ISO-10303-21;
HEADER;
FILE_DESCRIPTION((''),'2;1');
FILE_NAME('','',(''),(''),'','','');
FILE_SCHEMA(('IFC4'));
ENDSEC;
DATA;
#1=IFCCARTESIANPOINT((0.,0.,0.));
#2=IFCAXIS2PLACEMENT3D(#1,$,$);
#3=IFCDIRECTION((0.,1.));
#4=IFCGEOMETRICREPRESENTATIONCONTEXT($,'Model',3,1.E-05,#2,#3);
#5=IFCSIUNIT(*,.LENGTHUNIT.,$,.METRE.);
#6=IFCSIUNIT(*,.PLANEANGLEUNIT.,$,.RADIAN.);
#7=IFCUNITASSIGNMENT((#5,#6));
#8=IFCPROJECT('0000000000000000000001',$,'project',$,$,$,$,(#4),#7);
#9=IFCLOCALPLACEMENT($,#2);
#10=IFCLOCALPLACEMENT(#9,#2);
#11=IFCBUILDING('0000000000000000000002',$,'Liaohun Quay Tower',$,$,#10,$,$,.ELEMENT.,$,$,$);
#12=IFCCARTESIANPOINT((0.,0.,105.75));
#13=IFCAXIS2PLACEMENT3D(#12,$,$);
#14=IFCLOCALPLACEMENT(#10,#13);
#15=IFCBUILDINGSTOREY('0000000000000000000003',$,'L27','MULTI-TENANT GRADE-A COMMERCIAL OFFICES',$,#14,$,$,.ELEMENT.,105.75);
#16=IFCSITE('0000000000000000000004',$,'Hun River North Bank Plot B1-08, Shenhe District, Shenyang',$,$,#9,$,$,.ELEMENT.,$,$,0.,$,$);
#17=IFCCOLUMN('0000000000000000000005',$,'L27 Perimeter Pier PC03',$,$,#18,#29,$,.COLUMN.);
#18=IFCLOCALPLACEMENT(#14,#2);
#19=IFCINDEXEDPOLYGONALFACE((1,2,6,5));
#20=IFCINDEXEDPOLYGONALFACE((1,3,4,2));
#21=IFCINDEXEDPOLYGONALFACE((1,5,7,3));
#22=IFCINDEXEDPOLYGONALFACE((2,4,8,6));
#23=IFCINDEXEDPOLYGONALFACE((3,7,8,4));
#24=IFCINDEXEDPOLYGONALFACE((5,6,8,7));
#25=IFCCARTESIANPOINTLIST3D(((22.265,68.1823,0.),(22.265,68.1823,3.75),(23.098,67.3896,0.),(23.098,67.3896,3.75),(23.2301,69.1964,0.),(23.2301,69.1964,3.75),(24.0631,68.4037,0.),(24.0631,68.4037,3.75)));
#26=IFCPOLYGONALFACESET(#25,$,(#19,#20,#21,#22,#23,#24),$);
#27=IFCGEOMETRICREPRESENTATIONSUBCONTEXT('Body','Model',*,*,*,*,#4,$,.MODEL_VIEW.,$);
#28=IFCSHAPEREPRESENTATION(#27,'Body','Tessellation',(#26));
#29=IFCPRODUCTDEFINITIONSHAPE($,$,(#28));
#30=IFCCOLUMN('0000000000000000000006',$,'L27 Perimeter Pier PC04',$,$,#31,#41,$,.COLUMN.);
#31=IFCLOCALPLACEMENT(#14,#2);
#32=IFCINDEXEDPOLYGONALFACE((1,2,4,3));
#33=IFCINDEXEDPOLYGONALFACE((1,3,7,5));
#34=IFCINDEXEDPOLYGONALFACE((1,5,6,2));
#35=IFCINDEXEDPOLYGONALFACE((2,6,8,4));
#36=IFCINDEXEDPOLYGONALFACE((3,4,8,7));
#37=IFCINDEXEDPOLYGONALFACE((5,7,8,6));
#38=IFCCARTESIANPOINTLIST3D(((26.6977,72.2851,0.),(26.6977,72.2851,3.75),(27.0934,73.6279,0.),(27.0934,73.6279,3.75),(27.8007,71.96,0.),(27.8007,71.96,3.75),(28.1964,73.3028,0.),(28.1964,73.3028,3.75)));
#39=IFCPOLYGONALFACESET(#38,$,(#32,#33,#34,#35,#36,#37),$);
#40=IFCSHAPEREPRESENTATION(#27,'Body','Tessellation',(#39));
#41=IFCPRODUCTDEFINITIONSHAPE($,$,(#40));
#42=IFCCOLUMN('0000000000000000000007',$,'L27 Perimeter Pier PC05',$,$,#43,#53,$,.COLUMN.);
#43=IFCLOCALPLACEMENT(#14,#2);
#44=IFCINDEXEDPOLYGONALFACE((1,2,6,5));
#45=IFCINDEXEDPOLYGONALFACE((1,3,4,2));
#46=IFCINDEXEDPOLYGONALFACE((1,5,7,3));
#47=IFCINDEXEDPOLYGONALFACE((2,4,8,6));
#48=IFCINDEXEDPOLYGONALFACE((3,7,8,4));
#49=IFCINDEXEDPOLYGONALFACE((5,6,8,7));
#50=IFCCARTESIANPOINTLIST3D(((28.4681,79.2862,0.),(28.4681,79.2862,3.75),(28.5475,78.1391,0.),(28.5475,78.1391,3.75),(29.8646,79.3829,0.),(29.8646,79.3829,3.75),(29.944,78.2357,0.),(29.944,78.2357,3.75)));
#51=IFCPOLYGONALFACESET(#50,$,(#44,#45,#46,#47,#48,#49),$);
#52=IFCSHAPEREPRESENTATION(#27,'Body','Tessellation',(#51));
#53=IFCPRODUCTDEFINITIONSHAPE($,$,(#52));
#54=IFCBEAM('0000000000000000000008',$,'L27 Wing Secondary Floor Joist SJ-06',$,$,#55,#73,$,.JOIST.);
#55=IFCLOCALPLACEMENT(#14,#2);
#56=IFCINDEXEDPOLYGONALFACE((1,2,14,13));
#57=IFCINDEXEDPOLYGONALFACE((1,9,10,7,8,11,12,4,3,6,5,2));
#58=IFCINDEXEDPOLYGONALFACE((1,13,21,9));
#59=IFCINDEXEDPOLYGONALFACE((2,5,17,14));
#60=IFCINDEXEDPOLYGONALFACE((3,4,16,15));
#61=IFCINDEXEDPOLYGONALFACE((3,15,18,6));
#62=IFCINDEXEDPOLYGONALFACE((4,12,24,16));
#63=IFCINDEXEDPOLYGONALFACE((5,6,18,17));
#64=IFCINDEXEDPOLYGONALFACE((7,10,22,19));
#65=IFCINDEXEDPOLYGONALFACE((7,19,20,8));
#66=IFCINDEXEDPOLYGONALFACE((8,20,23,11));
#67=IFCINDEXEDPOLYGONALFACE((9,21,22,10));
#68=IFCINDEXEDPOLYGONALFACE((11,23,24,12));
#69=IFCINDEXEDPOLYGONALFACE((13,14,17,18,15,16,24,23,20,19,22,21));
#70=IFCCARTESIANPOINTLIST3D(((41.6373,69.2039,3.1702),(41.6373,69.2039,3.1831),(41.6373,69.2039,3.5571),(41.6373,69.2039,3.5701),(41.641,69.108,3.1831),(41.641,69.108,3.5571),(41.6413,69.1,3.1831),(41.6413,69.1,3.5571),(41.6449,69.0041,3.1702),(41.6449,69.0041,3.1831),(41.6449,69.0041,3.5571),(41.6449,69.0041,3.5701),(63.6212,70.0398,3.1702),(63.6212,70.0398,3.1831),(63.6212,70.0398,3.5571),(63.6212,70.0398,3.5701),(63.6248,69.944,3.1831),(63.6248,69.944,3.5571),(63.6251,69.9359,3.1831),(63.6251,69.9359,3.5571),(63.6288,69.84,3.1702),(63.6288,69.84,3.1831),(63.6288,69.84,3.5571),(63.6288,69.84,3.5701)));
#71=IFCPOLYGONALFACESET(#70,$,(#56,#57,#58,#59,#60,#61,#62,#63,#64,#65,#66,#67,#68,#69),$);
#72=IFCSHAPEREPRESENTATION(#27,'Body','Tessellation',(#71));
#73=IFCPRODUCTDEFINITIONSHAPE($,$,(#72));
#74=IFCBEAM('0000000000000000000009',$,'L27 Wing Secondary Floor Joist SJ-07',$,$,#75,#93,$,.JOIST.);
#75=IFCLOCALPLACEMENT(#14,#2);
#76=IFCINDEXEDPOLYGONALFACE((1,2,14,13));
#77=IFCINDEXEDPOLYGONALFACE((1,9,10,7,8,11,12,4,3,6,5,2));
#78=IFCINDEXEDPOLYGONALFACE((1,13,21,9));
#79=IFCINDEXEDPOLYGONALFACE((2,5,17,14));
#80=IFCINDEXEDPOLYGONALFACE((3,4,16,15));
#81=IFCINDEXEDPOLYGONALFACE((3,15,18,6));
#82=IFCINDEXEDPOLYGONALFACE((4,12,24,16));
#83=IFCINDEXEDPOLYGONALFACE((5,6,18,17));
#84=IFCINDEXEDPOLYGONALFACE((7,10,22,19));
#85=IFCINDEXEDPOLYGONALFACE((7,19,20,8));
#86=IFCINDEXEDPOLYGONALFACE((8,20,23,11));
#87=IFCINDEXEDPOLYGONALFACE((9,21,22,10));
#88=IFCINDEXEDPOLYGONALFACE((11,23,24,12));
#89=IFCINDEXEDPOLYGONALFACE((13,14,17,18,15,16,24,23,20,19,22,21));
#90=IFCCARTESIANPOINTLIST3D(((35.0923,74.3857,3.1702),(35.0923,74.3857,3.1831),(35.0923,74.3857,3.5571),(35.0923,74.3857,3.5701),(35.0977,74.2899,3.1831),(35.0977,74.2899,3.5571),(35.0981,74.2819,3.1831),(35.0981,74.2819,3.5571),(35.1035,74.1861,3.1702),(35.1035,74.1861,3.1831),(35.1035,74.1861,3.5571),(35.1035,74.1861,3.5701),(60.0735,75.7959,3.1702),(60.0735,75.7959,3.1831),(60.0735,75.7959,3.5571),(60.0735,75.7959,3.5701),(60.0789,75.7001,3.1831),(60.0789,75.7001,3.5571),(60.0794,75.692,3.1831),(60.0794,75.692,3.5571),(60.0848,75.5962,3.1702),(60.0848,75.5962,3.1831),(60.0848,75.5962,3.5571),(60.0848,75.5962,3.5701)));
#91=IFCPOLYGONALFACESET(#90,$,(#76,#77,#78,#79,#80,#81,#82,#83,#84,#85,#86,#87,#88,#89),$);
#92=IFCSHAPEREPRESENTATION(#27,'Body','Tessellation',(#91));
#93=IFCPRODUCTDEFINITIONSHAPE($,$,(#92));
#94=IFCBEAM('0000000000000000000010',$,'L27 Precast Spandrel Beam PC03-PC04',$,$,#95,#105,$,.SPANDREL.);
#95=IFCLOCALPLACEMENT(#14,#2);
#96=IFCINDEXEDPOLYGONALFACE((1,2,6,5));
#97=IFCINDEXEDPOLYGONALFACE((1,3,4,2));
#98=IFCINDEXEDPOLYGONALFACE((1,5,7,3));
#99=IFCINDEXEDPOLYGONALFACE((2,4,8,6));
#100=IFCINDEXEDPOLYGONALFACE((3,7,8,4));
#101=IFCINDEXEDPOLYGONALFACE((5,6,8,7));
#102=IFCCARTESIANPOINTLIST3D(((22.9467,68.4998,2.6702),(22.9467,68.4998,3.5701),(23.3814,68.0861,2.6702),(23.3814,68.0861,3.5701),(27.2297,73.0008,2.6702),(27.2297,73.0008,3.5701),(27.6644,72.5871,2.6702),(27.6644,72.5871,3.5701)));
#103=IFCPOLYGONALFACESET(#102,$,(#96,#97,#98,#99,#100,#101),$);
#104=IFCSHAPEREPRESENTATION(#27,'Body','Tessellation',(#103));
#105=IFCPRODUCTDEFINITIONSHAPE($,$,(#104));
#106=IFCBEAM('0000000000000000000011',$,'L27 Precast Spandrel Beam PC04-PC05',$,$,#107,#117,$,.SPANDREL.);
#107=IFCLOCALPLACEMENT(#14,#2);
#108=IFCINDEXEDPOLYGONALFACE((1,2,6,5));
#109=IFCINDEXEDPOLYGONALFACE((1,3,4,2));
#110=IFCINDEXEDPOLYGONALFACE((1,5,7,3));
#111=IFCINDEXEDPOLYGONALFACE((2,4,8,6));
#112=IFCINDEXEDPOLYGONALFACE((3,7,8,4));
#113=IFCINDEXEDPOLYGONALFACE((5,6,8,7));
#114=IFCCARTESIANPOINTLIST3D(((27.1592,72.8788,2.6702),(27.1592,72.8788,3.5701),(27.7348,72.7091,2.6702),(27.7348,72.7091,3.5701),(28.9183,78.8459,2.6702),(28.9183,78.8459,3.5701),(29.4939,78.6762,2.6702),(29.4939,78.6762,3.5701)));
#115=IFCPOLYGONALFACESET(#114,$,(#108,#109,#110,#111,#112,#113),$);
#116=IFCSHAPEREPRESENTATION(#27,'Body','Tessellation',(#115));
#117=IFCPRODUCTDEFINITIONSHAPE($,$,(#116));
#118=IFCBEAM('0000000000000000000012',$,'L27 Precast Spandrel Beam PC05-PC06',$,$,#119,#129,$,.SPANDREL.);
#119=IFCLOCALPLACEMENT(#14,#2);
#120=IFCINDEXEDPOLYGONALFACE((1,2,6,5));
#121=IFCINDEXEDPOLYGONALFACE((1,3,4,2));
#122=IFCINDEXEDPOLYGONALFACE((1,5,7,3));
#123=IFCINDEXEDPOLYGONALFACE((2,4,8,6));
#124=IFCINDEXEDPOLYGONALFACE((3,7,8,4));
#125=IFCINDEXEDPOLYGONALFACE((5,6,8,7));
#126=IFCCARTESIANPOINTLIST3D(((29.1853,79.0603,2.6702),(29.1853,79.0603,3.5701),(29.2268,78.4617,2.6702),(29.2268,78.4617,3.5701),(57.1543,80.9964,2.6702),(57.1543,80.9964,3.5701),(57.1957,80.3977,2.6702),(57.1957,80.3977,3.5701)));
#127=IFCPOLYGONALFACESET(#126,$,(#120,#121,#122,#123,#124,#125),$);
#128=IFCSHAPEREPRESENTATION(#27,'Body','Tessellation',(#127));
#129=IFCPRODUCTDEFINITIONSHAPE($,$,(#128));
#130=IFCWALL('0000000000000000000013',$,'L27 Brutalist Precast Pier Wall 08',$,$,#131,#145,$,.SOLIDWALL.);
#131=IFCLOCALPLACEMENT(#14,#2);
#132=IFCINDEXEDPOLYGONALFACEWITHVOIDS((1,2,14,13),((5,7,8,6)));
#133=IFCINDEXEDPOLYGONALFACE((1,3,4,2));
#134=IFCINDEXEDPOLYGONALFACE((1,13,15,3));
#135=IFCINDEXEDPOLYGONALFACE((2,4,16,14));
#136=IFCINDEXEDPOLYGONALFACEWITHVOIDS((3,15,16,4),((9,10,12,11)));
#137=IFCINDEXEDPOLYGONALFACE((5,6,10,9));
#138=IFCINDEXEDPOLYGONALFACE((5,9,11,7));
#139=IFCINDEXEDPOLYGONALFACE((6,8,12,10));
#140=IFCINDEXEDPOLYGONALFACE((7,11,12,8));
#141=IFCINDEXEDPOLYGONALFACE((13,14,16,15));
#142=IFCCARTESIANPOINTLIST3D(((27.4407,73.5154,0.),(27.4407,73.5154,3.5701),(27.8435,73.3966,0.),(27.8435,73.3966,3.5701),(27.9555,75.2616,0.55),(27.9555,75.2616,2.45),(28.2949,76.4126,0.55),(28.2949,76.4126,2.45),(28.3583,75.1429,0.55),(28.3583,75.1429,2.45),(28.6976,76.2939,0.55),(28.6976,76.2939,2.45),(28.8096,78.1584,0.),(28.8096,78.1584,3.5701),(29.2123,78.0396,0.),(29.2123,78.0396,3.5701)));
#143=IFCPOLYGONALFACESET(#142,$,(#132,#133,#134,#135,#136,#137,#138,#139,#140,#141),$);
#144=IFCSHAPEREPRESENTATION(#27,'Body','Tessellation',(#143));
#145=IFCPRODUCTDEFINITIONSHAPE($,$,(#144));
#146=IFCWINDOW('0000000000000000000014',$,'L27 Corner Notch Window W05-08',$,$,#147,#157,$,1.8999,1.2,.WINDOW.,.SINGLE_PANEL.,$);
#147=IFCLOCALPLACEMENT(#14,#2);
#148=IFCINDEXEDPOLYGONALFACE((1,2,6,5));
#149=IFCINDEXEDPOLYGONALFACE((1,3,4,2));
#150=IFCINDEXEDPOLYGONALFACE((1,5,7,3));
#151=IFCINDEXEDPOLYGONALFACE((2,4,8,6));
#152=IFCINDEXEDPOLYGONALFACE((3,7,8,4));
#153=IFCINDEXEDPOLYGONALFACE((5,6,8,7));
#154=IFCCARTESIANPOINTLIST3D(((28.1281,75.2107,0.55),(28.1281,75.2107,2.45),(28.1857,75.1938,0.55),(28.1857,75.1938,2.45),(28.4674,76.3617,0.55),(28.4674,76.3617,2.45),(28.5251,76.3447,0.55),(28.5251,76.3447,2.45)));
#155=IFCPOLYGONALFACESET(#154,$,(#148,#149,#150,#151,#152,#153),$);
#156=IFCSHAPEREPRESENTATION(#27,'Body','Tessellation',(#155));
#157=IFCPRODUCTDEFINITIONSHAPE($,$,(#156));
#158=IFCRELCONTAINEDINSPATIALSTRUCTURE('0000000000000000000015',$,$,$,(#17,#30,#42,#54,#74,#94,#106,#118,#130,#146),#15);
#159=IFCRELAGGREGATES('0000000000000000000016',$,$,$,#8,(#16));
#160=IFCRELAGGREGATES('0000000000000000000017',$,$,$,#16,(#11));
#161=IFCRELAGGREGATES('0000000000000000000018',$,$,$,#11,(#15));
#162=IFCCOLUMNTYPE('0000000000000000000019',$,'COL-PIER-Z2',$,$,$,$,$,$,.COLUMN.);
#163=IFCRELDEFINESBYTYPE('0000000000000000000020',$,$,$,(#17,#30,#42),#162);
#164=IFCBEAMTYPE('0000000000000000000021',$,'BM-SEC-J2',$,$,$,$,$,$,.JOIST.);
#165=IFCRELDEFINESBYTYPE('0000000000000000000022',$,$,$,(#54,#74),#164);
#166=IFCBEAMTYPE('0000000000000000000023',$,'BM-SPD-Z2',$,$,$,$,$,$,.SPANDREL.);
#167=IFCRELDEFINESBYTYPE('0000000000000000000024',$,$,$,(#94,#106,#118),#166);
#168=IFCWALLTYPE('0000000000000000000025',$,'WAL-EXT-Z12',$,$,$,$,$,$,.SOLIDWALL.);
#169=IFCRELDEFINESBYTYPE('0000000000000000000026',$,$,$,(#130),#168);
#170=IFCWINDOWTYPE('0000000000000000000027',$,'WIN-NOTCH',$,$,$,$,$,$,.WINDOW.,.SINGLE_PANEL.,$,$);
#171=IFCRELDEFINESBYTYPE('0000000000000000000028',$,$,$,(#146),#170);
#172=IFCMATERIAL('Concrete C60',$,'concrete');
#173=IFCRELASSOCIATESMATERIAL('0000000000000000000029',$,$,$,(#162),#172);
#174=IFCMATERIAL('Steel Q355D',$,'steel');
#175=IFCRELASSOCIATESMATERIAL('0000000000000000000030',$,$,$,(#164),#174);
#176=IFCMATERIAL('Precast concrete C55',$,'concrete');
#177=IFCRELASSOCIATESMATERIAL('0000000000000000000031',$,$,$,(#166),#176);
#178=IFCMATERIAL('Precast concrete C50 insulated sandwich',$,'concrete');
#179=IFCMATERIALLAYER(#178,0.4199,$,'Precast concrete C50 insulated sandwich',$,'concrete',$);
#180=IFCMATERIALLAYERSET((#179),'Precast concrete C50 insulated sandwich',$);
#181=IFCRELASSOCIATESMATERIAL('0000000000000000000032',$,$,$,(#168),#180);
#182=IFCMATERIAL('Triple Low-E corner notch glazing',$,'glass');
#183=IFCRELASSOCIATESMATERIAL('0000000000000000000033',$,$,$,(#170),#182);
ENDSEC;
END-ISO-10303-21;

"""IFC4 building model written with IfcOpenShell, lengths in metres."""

from ifc_helpers import new_model, si_unit, direction, frame, frame_2d, origin, origin_2d, place, context, subcontext, project, spatial, rectangle, i_section, extrude, source, transform, mapped, material, layer, layer_set, material_profile, profile_set, type_object, element, fill, save


model = new_model("IFC4")

# Units and contexts
model_context = context("Model", 3, precision=1e-05, world=origin(), true_north=direction((0.0, 1.0)))
body_context = subcontext(model_context, "Body", "Model", "MODEL_VIEW")
ifc_project = project(units=[si_unit("LENGTHUNIT", "METRE"), si_unit("PLANEANGLEUNIT", "RADIAN")], contexts=[model_context])

# Site, building, storey
site_placement = place(None, origin())
site = spatial("IfcSite", under=ifc_project, at=site_placement, Name="Hun River North Bank Plot B1-08, Shenhe District, Shenyang", CompositionType="ELEMENT", RefElevation=0.0)
building_placement = place(site_placement, origin())
building = spatial("IfcBuilding", under=site, at=building_placement, Name="Liaohun Quay Tower", CompositionType="ELEMENT")
storey_placement = place(building_placement, frame((0.0, 0.0, 105.75)))
storey = spatial("IfcBuildingStorey", under=building, at=storey_placement, Name="L27", Description="MULTI-TENANT GRADE-A COMMERCIAL OFFICES", CompositionType="ELEMENT", Elevation=105.75)

# Columns
ifc_material_1 = material(Name="Concrete C60", Category="concrete")
ifc_material_profile_1 = material_profile(ifc_material_1, rectangle(XDim=1.3999, YDim=1.1499, at=origin_2d()), Name="RC1400x1150")
ifc_profile_set_1 = profile_set([ifc_material_profile_1], Name="Concrete C60")
column_type = type_object("IfcColumnType", Name="COL-PIER-Z2", PredefinedType="COLUMN", material=ifc_profile_set_1)
shared_shape_1 = source(origin(), body_context, "Body", "SweptSolid", [
    extrude(rectangle(XDim=1.3999, YDim=1.1499, at=origin_2d()), origin(), (0.0, 0.0, 1.0), 3.75),
])
for number, where, z_axis, x_axis, name in (
    (1, (23.1641, 68.293, 0.0), (0.0, 0.0, 1.0), (0.689367, 0.724413, 0.0), "L27 Perimeter Pier PC03"),
    (2, (27.447, 72.7939, 0.0), (0.0, 0.0, 1.0), (0.282676, 0.959215, 0.0), "L27 Perimeter Pier PC04"),
    (3, (29.2061, 78.761, 0.0), (0.0, 0.0, 1.0), (0.997613, 0.06906, 0.0), "L27 Perimeter Pier PC05"),
):
    element("IfcColumn", number, at=place(storey_placement, frame(where, z_axis=z_axis, x_axis=x_axis)), inside=storey, type_object=column_type, Name=name, PredefinedType="COLUMN", context=body_context, shape_type="MappedRepresentation", body=[
        mapped(shared_shape_1, transform((0.0, 0.0, 0.0), x_axis=(1.0, 0.0, 0.0), y_axis=(0.0, 1.0, 0.0), z_axis=(0.0, 0.0, 1.0), scale=1.0)),
    ])

# Beams
ifc_material_2 = material(Name="Steel Q355D", Category="steel")
ifc_material_profile_2 = material_profile(ifc_material_2, i_section(OverallWidth=0.2, OverallDepth=0.3999, WebThickness=0.0081, FlangeThickness=0.0129, at=origin_2d()), Name="HN400x200x8x13")
ifc_profile_set_2 = profile_set([ifc_material_profile_2], Name="Steel Q355D")
beam_type_1 = type_object("IfcBeamType", Name="BM-SEC-J2", PredefinedType="JOIST", material=ifc_profile_set_2)
shared_shape_2 = source(origin(), body_context, "Body", "SweptSolid", [
    extrude(i_section(OverallWidth=0.2, OverallDepth=0.3999, WebThickness=0.0081, FlangeThickness=0.0129, at=origin_2d()), origin(), (0.0, 0.0, 1.0), 21.9998),
])
beam_1_placement = place(storey_placement, frame((41.6411, 69.104, 3.3701), z_axis=(0.999278, 0.037998, 0.0), x_axis=(-0.037998, 0.999278, 0.0)))
element("IfcBeam", 4, at=beam_1_placement, inside=storey, type_object=beam_type_1, Name="L27 Wing Secondary Floor Joist SJ-06", PredefinedType="JOIST", context=body_context, shape_type="MappedRepresentation", body=[
    mapped(shared_shape_2, transform((0.0, 0.0, 0.0), x_axis=(1.0, 0.0, 0.0), y_axis=(0.0, 1.0, 0.0), z_axis=(0.0, 0.0, 1.0), scale=1.0)),
])
shared_shape_3 = source(origin(), body_context, "Body", "SweptSolid", [
    extrude(i_section(OverallWidth=0.2, OverallDepth=0.3999, WebThickness=0.0081, FlangeThickness=0.0129, at=origin_2d()), origin(), (0.0, 0.0, 1.0), 25.021),
])
beam_2_placement = place(storey_placement, frame((35.0979, 74.2859, 3.3701), z_axis=(0.998411, 0.056359, 0.0), x_axis=(-0.056359, 0.998411, 0.0)))
element("IfcBeam", 5, at=beam_2_placement, inside=storey, type_object=beam_type_1, Name="L27 Wing Secondary Floor Joist SJ-07", PredefinedType="JOIST", context=body_context, shape_type="MappedRepresentation", body=[
    mapped(shared_shape_3, transform((0.0, 0.0, 0.0), x_axis=(1.0, 0.0, 0.0), y_axis=(0.0, 1.0, 0.0), z_axis=(0.0, 0.0, 1.0), scale=1.0)),
])
ifc_material_3 = material(Name="Precast concrete C55", Category="concrete")
ifc_material_profile_3 = material_profile(ifc_material_3, rectangle(XDim=0.6001, YDim=0.8999, at=origin_2d()), Name="RC600x900")
ifc_profile_set_3 = profile_set([ifc_material_profile_3], Name="Precast concrete C55")
beam_type_2 = type_object("IfcBeamType", Name="BM-SPD-Z2", PredefinedType="SPANDREL", material=ifc_profile_set_3)
shared_shape_4 = source(origin(), body_context, "Body", "SweptSolid", [
    extrude(rectangle(XDim=0.6001, YDim=0.8999, at=origin_2d()), origin(), (0.0, 0.0, 1.0), 6.2131),
])
beam_3_placement = place(storey_placement, frame((23.1641, 68.293, 3.1201), z_axis=(0.689344, 0.724434, 0.0), x_axis=(-0.724434, 0.689344, 0.0)))
element("IfcBeam", 6, at=beam_3_placement, inside=storey, type_object=beam_type_2, Name="L27 Precast Spandrel Beam PC03-PC04", PredefinedType="SPANDREL", context=body_context, shape_type="MappedRepresentation", body=[
    mapped(shared_shape_4, transform((0.0, 0.0, 0.0), x_axis=(1.0, 0.0, 0.0), y_axis=(0.0, 1.0, 0.0), z_axis=(0.0, 0.0, 1.0), scale=1.0)),
])
shared_shape_5 = source(origin(), body_context, "Body", "SweptSolid", [
    extrude(rectangle(XDim=0.6001, YDim=0.8999, at=origin_2d()), origin(), (0.0, 0.0, 1.0), 6.2209),
])
beam_4_placement = place(storey_placement, frame((27.447, 72.7939, 3.1201), z_axis=(0.282761, 0.95919, 0.0), x_axis=(-0.95919, 0.282761, 0.0)))
element("IfcBeam", 7, at=beam_4_placement, inside=storey, type_object=beam_type_2, Name="L27 Precast Spandrel Beam PC04-PC05", PredefinedType="SPANDREL", context=body_context, shape_type="MappedRepresentation", body=[
    mapped(shared_shape_5, transform((0.0, 0.0, 0.0), x_axis=(1.0, 0.0, 0.0), y_axis=(0.0, 1.0, 0.0), z_axis=(0.0, 0.0, 1.0), scale=1.0)),
])
shared_shape_6 = source(origin(), body_context, "Body", "SweptSolid", [
    extrude(rectangle(XDim=0.6001, YDim=0.8999, at=origin_2d()), origin(), (0.0, 0.0, 1.0), 28.0359),
])
beam_5_placement = place(storey_placement, frame((29.2061, 78.761, 3.1201), z_axis=(0.997613, 0.069056, 0.0), x_axis=(-0.069056, 0.997613, 0.0)))
element("IfcBeam", 8, at=beam_5_placement, inside=storey, type_object=beam_type_2, Name="L27 Precast Spandrel Beam PC05-PC06", PredefinedType="SPANDREL", context=body_context, shape_type="MappedRepresentation", body=[
    mapped(shared_shape_6, transform((0.0, 0.0, 0.0), x_axis=(1.0, 0.0, 0.0), y_axis=(0.0, 1.0, 0.0), z_axis=(0.0, 0.0, 1.0), scale=1.0)),
])

# Wall, opening, window
ifc_material_4 = material(Name="Precast concrete C50 insulated sandwich", Category="concrete")
ifc_layer_1 = layer(ifc_material_4, 0.4199, Name="Precast concrete C50 insulated sandwich", Category="concrete")
ifc_layer_set_1 = layer_set([ifc_layer_1], Name="Precast concrete C50 insulated sandwich")
wall_type_1 = type_object("IfcWallType", Name="WAL-EXT-Z12", PredefinedType="SOLIDWALL", material=ifc_layer_set_1)
wall_1_placement = place(storey_placement, frame((29.011, 78.0991, 0.0), z_axis=(0.0, 0.0, 1.0), x_axis=(-0.282792, -0.959181, 0.0)))
wall_1 = element("IfcWall", 9, at=wall_1_placement, inside=storey, type_object=wall_type_1, Name="L27 Brutalist Precast Pier Wall 08", PredefinedType="SOLIDWALL", context=body_context, shape_type="SweptSolid", body=[
    extrude(rectangle(XDim=4.8406, YDim=0.4199, at=frame_2d((2.4204, 0.0))), origin(), (0.0, 0.0, 1.0), 3.5701),
])
shared_shape_7 = source(origin(), body_context, "Body", "SweptSolid", [
    extrude(rectangle(XDim=1.2, YDim=1.8999, at=frame_2d((0.6001, 0.95))), frame((0.0, 0.22, 0.0), z_axis=(0.0, -1.0, 0.0), x_axis=(1.0, 0.0, 0.0)), (0.0, 0.0, 1.0), 0.4399),
])
opening_1_placement = place(wall_1_placement, frame((1.8201, 0.0, 0.55)))
opening_1 = element("IfcOpeningElement", 10, at=opening_1_placement, cuts=wall_1, PredefinedType="OPENING", context=body_context, shape_type="MappedRepresentation", body=[
    mapped(shared_shape_7, transform((0.0, 0.0, 0.0), x_axis=(1.0, 0.0, 0.0), y_axis=(0.0, 1.0, 0.0), z_axis=(0.0, 0.0, 1.0), scale=1.0)),
])
ifc_material_5 = material(Name="Triple Low-E corner notch glazing", Category="glass")
window_type_1 = type_object("IfcWindowType", Name="WIN-NOTCH", PartitioningType="SINGLE_PANEL", PredefinedType="WINDOW", material=ifc_material_5)
shared_shape_8 = source(origin(), body_context, "Body", "SweptSolid", [
    extrude(rectangle(XDim=1.2, YDim=1.8999, at=frame_2d((0.6001, 0.95))), frame((0.0, 0.03, 0.0), z_axis=(0.0, -1.0, 0.0), x_axis=(1.0, 0.0, 0.0)), (0.0, 0.0, 1.0), 0.0601),
])
window_1_placement = place(opening_1_placement, origin())
window_1 = element("IfcWindow", 11, at=window_1_placement, inside=storey, type_object=window_type_1, Name="L27 Corner Notch Window W05-08", OverallHeight=1.8999, OverallWidth=1.2, PartitioningType="SINGLE_PANEL", PredefinedType="WINDOW", context=body_context, shape_type="MappedRepresentation", body=[
    mapped(shared_shape_8, transform((0.0, 0.0, 0.0), x_axis=(1.0, 0.0, 0.0), y_axis=(0.0, 1.0, 0.0), z_axis=(0.0, 0.0, 1.0), scale=1.0)),
])
fill(opening_1, window_1)

save(model, "model.ifc")
